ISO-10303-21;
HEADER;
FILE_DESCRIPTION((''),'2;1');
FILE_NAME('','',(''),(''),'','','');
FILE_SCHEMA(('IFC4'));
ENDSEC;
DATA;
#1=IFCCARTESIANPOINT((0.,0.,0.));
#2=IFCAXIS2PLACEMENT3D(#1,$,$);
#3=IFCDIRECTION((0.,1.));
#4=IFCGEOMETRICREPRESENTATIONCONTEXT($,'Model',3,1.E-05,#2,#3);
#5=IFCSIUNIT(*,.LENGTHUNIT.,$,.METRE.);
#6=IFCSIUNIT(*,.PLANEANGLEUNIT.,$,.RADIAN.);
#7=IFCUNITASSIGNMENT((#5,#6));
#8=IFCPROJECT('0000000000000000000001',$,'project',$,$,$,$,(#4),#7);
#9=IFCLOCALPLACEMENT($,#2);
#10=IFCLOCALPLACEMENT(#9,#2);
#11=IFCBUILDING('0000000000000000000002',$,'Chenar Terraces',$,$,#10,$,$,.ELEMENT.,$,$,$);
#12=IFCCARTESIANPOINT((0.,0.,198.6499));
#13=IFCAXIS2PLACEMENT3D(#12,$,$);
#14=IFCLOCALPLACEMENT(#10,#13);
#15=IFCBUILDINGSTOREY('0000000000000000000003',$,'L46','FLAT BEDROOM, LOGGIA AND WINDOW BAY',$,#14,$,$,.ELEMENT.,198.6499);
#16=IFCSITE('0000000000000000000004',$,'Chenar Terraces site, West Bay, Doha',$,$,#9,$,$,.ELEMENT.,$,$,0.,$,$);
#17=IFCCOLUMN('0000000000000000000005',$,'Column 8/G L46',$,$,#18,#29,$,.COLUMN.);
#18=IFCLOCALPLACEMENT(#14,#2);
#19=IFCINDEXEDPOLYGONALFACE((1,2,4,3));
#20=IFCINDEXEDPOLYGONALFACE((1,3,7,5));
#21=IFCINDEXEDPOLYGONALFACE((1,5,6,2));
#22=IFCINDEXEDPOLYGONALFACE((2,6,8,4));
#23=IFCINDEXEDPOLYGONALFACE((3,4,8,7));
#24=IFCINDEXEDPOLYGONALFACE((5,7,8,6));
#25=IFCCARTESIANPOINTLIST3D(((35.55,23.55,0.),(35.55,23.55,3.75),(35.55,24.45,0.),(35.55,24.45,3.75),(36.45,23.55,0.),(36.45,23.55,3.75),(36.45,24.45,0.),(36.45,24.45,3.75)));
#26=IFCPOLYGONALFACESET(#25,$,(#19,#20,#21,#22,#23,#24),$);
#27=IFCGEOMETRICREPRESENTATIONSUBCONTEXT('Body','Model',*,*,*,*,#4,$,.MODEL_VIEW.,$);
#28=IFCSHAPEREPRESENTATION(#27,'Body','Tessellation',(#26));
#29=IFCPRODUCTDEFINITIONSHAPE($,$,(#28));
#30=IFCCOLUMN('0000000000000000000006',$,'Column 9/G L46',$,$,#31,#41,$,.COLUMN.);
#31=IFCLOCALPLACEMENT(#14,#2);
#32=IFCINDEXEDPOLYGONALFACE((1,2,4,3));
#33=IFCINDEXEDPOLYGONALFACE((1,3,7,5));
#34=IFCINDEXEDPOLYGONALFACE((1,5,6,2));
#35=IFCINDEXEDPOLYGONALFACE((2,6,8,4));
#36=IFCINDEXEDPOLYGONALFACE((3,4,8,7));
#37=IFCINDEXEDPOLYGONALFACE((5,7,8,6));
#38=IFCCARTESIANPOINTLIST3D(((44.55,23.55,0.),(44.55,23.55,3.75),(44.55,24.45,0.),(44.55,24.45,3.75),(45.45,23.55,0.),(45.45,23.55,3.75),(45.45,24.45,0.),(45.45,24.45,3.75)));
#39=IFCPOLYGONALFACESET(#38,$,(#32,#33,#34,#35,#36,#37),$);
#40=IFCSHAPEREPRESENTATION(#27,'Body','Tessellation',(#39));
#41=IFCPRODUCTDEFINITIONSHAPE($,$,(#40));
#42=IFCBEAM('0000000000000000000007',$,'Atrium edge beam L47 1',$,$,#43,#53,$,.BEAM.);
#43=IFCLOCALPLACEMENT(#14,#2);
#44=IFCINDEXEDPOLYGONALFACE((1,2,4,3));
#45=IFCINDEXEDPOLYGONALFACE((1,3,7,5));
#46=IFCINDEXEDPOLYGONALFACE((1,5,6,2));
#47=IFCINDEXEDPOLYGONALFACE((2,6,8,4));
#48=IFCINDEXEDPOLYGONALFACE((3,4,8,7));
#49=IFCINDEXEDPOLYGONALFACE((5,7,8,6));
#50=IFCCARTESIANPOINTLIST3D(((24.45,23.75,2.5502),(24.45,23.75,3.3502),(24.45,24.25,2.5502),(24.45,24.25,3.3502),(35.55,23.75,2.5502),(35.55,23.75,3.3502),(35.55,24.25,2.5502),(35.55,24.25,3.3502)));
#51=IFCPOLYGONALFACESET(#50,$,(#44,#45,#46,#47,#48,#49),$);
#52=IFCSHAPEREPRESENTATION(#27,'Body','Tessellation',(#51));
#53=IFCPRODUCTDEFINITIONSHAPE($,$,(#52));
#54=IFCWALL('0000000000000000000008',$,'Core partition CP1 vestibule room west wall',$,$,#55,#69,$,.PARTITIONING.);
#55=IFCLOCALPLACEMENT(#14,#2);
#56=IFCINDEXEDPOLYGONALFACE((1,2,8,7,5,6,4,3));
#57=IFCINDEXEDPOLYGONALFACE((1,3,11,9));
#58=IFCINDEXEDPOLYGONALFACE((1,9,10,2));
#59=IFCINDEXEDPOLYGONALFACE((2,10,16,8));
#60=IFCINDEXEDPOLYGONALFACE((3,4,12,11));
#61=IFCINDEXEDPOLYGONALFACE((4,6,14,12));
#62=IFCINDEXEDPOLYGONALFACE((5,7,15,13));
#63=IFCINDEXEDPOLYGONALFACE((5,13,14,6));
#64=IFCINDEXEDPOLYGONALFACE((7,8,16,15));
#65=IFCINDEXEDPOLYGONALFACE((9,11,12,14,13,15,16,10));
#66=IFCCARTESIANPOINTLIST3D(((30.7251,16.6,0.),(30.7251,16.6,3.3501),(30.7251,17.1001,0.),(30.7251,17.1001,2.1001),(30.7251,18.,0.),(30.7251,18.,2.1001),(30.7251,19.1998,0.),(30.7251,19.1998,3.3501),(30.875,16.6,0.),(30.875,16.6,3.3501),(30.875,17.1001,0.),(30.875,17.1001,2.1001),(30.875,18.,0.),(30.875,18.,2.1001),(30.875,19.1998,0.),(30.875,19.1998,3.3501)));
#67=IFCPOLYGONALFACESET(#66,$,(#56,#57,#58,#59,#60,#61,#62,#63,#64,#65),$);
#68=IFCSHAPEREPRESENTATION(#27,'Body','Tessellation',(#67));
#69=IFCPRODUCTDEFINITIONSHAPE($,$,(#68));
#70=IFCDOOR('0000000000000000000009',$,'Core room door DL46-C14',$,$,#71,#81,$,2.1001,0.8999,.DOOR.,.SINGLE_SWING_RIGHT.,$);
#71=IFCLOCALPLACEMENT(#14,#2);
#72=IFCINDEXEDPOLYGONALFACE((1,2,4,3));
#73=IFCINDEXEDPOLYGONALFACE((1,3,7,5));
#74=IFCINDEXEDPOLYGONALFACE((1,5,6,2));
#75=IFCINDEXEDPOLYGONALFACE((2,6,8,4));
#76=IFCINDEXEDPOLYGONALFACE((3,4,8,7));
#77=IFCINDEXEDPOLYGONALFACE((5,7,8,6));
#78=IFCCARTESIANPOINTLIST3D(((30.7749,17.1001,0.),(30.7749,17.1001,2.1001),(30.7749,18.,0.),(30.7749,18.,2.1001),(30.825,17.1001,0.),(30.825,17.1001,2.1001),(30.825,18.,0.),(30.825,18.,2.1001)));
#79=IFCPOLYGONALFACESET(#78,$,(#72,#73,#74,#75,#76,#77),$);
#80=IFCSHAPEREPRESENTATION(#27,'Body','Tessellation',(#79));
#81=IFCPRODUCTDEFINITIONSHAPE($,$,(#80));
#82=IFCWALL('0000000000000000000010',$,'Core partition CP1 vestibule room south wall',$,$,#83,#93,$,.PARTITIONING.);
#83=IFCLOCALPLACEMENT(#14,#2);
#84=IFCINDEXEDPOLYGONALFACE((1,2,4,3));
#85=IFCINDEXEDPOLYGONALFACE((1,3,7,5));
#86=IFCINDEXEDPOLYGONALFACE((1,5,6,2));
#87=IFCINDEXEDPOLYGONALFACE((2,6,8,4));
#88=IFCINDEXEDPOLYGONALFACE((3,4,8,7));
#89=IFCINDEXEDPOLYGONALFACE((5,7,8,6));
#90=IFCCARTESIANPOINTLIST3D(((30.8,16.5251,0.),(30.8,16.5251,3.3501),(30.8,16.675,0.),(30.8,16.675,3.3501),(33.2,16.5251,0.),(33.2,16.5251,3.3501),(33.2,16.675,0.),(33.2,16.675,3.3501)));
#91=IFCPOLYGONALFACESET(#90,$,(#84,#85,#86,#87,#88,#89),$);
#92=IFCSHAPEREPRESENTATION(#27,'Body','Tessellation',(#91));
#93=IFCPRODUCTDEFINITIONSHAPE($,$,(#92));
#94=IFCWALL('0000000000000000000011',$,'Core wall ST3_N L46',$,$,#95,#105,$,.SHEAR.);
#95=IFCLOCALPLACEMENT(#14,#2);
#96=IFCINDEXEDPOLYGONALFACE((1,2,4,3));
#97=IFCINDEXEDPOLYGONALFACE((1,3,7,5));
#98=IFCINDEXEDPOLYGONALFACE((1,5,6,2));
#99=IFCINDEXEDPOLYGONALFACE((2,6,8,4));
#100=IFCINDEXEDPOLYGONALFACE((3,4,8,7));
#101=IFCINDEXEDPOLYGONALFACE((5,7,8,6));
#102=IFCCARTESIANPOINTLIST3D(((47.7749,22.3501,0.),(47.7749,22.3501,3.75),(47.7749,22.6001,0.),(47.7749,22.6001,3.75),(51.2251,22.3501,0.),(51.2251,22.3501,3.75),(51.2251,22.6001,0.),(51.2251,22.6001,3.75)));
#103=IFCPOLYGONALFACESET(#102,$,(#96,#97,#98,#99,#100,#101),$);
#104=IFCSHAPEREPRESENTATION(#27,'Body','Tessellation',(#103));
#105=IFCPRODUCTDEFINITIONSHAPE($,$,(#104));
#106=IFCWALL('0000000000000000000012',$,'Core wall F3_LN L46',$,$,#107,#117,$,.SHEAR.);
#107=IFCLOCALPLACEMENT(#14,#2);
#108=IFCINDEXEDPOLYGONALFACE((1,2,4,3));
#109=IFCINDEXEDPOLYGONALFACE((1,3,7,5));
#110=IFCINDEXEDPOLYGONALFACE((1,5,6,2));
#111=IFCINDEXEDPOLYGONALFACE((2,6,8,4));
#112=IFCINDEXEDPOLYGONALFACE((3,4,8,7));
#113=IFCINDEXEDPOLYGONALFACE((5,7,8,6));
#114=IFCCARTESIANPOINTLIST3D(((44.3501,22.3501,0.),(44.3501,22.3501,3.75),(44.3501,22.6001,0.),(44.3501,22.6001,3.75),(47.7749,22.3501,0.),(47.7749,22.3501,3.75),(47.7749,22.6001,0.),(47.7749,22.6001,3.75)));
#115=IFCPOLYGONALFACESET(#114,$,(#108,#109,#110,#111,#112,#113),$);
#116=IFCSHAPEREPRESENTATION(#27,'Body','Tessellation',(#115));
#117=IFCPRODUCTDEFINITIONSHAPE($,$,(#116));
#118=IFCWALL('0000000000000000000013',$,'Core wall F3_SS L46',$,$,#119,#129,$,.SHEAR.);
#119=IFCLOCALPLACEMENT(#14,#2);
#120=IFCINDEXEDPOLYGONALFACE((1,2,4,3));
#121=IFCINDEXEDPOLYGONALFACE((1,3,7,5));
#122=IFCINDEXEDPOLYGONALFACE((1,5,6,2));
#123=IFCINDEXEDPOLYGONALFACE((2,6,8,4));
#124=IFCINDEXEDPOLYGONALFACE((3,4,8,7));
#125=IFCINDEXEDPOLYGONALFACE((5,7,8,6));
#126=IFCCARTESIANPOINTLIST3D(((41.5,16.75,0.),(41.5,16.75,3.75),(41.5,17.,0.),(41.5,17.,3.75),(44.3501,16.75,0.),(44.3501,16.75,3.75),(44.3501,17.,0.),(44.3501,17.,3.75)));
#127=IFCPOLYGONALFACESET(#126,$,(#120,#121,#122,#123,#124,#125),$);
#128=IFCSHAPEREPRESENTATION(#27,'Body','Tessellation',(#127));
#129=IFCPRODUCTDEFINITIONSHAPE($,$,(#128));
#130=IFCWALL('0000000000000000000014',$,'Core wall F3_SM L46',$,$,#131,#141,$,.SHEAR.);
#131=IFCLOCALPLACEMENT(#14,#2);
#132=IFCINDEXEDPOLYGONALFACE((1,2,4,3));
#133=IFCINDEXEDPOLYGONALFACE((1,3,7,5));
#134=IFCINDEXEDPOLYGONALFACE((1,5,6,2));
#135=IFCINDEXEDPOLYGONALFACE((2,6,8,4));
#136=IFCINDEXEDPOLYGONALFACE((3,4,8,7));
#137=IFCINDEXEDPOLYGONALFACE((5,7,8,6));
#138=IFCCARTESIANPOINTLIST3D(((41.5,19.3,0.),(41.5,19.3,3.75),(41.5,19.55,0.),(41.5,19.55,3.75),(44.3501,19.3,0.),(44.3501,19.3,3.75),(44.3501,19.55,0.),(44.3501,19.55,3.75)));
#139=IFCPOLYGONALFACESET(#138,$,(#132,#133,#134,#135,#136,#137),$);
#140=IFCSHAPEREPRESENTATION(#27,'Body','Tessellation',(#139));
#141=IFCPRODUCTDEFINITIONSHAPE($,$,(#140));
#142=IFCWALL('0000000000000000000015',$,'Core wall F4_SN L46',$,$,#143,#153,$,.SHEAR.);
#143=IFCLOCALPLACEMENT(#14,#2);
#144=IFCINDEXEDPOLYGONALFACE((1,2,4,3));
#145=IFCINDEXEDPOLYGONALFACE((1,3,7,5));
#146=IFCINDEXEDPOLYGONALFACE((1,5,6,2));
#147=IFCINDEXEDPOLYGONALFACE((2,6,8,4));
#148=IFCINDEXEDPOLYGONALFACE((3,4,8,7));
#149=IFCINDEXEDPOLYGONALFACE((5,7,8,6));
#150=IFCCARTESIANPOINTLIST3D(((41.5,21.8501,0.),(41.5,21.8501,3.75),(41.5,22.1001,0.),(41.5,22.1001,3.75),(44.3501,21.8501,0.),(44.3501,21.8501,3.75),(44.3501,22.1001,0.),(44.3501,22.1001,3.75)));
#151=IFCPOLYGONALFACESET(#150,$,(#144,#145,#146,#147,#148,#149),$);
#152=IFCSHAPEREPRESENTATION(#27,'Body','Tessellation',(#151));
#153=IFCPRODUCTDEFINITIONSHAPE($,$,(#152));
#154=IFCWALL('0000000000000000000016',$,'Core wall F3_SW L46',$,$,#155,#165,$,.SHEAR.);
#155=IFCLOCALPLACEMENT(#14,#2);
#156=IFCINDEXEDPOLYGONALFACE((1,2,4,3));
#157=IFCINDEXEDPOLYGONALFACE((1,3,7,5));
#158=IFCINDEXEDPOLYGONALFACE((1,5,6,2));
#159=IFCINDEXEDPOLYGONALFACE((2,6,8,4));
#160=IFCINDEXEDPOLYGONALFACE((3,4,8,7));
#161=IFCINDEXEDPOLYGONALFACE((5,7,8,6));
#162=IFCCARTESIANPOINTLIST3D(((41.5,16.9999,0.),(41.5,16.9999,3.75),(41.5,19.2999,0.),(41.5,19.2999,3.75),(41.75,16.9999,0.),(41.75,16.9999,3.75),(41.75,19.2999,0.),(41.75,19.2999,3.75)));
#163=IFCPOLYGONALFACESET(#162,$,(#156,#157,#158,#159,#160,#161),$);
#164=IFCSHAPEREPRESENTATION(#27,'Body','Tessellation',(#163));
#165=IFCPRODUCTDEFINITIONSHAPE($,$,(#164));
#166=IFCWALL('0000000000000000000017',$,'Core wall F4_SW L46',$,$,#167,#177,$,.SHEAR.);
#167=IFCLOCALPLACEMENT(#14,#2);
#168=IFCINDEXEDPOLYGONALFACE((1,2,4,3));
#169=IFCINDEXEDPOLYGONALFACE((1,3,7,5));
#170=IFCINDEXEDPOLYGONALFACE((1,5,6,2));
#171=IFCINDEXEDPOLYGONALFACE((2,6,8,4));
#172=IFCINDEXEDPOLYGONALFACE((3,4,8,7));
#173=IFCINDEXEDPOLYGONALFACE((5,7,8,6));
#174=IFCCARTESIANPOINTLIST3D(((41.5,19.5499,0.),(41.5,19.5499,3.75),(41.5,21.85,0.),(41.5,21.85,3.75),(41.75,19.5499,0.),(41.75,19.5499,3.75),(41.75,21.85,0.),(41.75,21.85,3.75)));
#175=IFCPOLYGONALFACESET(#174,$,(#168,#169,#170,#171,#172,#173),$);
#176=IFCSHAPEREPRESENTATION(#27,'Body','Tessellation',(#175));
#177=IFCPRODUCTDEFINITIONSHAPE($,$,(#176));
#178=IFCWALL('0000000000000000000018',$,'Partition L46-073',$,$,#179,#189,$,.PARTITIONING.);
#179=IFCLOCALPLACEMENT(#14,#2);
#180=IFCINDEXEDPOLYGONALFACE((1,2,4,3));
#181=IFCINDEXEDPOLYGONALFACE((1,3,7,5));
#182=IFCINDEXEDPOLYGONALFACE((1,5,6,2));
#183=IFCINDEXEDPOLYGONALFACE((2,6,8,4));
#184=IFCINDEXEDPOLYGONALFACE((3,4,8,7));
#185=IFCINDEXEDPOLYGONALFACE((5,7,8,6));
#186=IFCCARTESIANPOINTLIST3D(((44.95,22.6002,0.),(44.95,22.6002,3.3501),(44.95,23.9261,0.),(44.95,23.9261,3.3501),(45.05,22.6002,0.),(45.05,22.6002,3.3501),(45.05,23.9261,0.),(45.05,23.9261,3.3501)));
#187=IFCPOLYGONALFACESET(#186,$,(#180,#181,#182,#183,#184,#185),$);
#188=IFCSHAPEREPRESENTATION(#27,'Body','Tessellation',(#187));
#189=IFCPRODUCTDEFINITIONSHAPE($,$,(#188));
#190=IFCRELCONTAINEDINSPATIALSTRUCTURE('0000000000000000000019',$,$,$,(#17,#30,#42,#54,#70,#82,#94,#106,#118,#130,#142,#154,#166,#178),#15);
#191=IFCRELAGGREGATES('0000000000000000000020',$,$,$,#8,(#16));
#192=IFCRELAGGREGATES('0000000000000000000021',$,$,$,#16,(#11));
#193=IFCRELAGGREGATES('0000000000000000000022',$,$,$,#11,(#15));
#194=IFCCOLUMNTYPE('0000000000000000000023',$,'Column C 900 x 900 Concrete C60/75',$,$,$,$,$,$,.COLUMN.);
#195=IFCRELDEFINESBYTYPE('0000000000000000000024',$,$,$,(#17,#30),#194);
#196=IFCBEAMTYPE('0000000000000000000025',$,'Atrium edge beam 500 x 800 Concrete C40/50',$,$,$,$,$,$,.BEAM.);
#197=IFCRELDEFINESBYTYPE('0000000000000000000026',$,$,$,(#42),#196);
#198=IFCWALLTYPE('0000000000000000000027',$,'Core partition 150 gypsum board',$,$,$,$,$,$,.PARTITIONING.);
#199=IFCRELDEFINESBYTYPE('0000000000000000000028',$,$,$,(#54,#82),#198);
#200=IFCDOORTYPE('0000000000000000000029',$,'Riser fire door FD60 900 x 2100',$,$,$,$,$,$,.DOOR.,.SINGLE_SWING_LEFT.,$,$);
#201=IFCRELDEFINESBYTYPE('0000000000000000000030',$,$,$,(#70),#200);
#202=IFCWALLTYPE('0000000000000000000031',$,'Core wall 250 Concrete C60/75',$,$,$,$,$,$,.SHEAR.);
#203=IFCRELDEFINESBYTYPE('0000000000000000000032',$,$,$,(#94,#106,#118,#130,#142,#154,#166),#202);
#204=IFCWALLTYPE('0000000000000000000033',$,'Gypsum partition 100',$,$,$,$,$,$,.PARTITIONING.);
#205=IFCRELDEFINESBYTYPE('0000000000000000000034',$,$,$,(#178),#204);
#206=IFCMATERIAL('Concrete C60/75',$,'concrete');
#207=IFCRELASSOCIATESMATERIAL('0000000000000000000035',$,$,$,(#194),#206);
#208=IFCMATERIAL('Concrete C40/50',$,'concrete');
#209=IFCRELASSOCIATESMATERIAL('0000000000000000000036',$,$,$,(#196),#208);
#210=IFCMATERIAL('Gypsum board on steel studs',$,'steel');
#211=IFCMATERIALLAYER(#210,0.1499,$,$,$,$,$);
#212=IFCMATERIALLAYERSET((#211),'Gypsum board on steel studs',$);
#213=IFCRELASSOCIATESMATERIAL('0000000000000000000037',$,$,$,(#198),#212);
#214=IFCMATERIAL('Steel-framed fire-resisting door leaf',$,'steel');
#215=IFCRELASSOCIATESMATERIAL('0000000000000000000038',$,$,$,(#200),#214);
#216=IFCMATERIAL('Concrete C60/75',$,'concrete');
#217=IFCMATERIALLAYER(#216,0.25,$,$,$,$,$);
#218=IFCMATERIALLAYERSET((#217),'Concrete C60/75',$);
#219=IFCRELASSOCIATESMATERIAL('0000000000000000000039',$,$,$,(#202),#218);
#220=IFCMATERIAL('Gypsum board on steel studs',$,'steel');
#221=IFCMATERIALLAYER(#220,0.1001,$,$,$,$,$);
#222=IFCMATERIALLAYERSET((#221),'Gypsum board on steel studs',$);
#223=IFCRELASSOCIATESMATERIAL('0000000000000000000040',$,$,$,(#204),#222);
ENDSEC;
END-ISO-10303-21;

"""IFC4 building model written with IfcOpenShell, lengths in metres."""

from ifc_helpers import new_model, si_unit, direction, frame, frame_2d, origin, origin_2d, place, context, subcontext, project, spatial, rectangle, extrude, material, layer, layer_set, material_profile, profile_set, type_object, element, fill, save


model = new_model("IFC4")

# Units and contexts
model_context = context("Model", 3, precision=1e-05, world=origin(), true_north=direction((0.0, 1.0)))
body_context = subcontext(model_context, "Body", "Model", "MODEL_VIEW")
ifc_project = project(units=[si_unit("LENGTHUNIT", "METRE"), si_unit("PLANEANGLEUNIT", "RADIAN")], contexts=[model_context])

# Site, building, storey
site_placement = place(None, origin())
site = spatial("IfcSite", under=ifc_project, at=site_placement, Name="Chenar Terraces site, West Bay, Doha", CompositionType="ELEMENT", RefElevation=0.0)
building_placement = place(site_placement, origin())
building = spatial("IfcBuilding", under=site, at=building_placement, Name="Chenar Terraces", CompositionType="ELEMENT")
storey_placement = place(building_placement, frame((0.0, 0.0, 198.6499)))
storey = spatial("IfcBuildingStorey", under=building, at=storey_placement, Name="L46", Description="FLAT BEDROOM, LOGGIA AND WINDOW BAY", CompositionType="ELEMENT", Elevation=198.6499)

# Columns
ifc_material_1 = material(Name="Concrete C60/75", Category="concrete")
ifc_material_profile_1 = material_profile(ifc_material_1, rectangle(XDim=0.8999, YDim=0.8999, at=origin_2d()), Name="C 900 x 900")
ifc_profile_set_1 = profile_set([ifc_material_profile_1], Name="Concrete C60/75")
column_type = type_object("IfcColumnType", Name="Column C 900 x 900 Concrete C60/75", PredefinedType="COLUMN", material=ifc_profile_set_1)
for number, where, z_axis, x_axis, name in (
    (1, (36.0, 24.0, 0.0), (0.0, 0.0, 1.0), (1.0, 0.0, 0.0), "Column 8/G L46"),
    (2, (45.0, 24.0, 0.0), (0.0, 0.0, 1.0), (1.0, 0.0, 0.0), "Column 9/G L46"),
):
    element("IfcColumn", number, at=place(storey_placement, frame(where, z_axis=z_axis, x_axis=x_axis)), inside=storey, type_object=column_type, Name=name, PredefinedType="COLUMN", context=body_context, shape_type="SweptSolid", body=[
        extrude(rectangle(XDim=0.8999, YDim=0.8999, at=origin_2d()), origin(), (0.0, 0.0, 1.0), 3.75),
    ])

# Beam
ifc_material_2 = material(Name="Concrete C40/50", Category="concrete")
ifc_material_profile_2 = material_profile(ifc_material_2, rectangle(XDim=0.5, YDim=0.8, at=origin_2d()), Name="RC 500 x 800")
ifc_profile_set_2 = profile_set([ifc_material_profile_2], Name="Concrete C40/50")
beam_type = type_object("IfcBeamType", Name="Atrium edge beam 500 x 800 Concrete C40/50", PredefinedType="BEAM", material=ifc_profile_set_2)
beam_placement = place(storey_placement, frame((24.45, 24.0, 2.9502), z_axis=(1.0, 0.0, 0.0), x_axis=(0.0, 1.0, 0.0)))
element("IfcBeam", 3, at=beam_placement, inside=storey, type_object=beam_type, Name="Atrium edge beam L47 1", PredefinedType="BEAM", context=body_context, shape_type="SweptSolid", body=[
    extrude(rectangle(XDim=0.5, YDim=0.8, at=origin_2d()), origin(), (0.0, 0.0, 1.0), 11.1001),
])

# Wall, opening, door
ifc_material_3 = material(Name="Gypsum board on steel studs", Category="steel")
ifc_layer_1 = layer(ifc_material_3, 0.1499)
ifc_layer_set_1 = layer_set([ifc_layer_1], Name="Gypsum board on steel studs")
wall_type_1 = type_object("IfcWallType", Name="Core partition 150 gypsum board", PredefinedType="PARTITIONING", material=ifc_layer_set_1)
wall_1_placement = place(storey_placement, frame((30.8, 16.6001, 0.0), z_axis=(0.0, 0.0, 1.0), x_axis=(0.0, 1.0, 0.0)))
wall_1 = element("IfcWall", 4, at=wall_1_placement, inside=storey, type_object=wall_type_1, Name="Core partition CP1 vestibule room west wall", PredefinedType="PARTITIONING", context=body_context, shape_type="SweptSolid", body=[
    extrude(rectangle(XDim=2.5999, YDim=0.1499, at=frame_2d((1.2998, 0.0))), origin(), (0.0, 0.0, 1.0), 3.3501),
])
opening_1_placement = place(wall_1_placement, frame((0.5, 0.0, 0.0)))
opening_1 = element("IfcOpeningElement", 5, at=opening_1_placement, cuts=wall_1, PredefinedType="OPENING", context=body_context, shape_type="SweptSolid", body=[
    extrude(rectangle(XDim=0.8999, YDim=2.1001, at=frame_2d((0.45, 1.05))), frame((0.0, 0.085, 0.0), z_axis=(0.0, -1.0, 0.0), x_axis=(1.0, 0.0, 0.0)), (0.0, 0.0, 1.0), 0.1699),
])
ifc_material_4 = material(Name="Steel-framed fire-resisting door leaf", Category="steel")
door_type = type_object("IfcDoorType", Name="Riser fire door FD60 900 x 2100", OperationType="SINGLE_SWING_LEFT", PredefinedType="DOOR", material=ifc_material_4)
door_placement = place(opening_1_placement, frame((0.8999, 0.0, 0.0), z_axis=(0.0, 0.0, 1.0), x_axis=(-1.0, 0.0, 0.0)))
door = element("IfcDoor", 6, at=door_placement, inside=storey, type_object=door_type, Name="Core room door DL46-C14", OperationType="SINGLE_SWING_RIGHT", OverallHeight=2.1001, OverallWidth=0.8999, PredefinedType="DOOR", context=body_context, shape_type="SweptSolid", body=[
    extrude(rectangle(XDim=0.8999, YDim=2.1001, at=frame_2d((0.45, 1.05))), frame((0.0, 0.0249, 0.0), z_axis=(0.0, -1.0, 0.0), x_axis=(1.0, 0.0, 0.0)), (0.0, 0.0, 1.0), 0.05),
])
fill(opening_1, door)

# Walls
wall_2_placement = place(storey_placement, frame((30.8, 16.6001, 0.0), z_axis=(0.0, 0.0, 1.0), x_axis=(1.0, 0.0, 0.0)))
element("IfcWall", 7, at=wall_2_placement, inside=storey, type_object=wall_type_1, Name="Core partition CP1 vestibule room south wall", PredefinedType="PARTITIONING", context=body_context, shape_type="SweptSolid", body=[
    extrude(rectangle(XDim=2.3999, YDim=0.1499, at=frame_2d((1.2, 0.0))), origin(), (0.0, 0.0, 1.0), 3.3501),
])
ifc_material_5 = material(Name="Concrete C60/75", Category="concrete")
ifc_layer_2 = layer(ifc_material_5, 0.25)
ifc_layer_set_2 = layer_set([ifc_layer_2], Name="Concrete C60/75")
wall_type_2 = type_object("IfcWallType", Name="Core wall 250 Concrete C60/75", PredefinedType="SHEAR", material=ifc_layer_set_2)
wall_3_placement = place(storey_placement, frame((47.7749, 22.4751, 0.0), z_axis=(0.0, 0.0, 1.0), x_axis=(1.0, 0.0, 0.0)))
element("IfcWall", 8, at=wall_3_placement, inside=storey, type_object=wall_type_2, Name="Core wall ST3_N L46", PredefinedType="SHEAR", context=body_context, shape_type="SweptSolid", body=[
    extrude(rectangle(XDim=3.4502, YDim=0.25, at=frame_2d((1.7251, 0.0))), origin(), (0.0, 0.0, 1.0), 3.75),
])
wall_4_placement = place(storey_placement, frame((44.3501, 22.4751, 0.0), z_axis=(0.0, 0.0, 1.0), x_axis=(1.0, 0.0, 0.0)))
element("IfcWall", 9, at=wall_4_placement, inside=storey, type_object=wall_type_2, Name="Core wall F3_LN L46", PredefinedType="SHEAR", context=body_context, shape_type="SweptSolid", body=[
    extrude(rectangle(XDim=3.4248, YDim=0.25, at=frame_2d((1.7124, 0.0))), origin(), (0.0, 0.0, 1.0), 3.75),
])
for number, where, z_axis, x_axis, name in (
    (10, (41.5, 16.875, 0.0), (0.0, 0.0, 1.0), (1.0, 0.0, 0.0), "Core wall F3_SS L46"),
    (11, (41.5, 19.425, 0.0), (0.0, 0.0, 1.0), (1.0, 0.0, 0.0), "Core wall F3_SM L46"),
    (12, (41.5, 21.9751, 0.0), (0.0, 0.0, 1.0), (1.0, 0.0, 0.0), "Core wall F4_SN L46"),
):
    element("IfcWall", number, at=place(storey_placement, frame(where, z_axis=z_axis, x_axis=x_axis)), inside=storey, type_object=wall_type_2, Name=name, PredefinedType="SHEAR", context=body_context, shape_type="SweptSolid", body=[
        extrude(rectangle(XDim=2.8501, YDim=0.25, at=frame_2d((1.425, 0.0))), origin(), (0.0, 0.0, 1.0), 3.75),
    ])
for number, where, z_axis, x_axis, name in (
    (13, (41.625, 17.0, 0.0), (0.0, 0.0, 1.0), (0.0, 1.0, 0.0), "Core wall F3_SW L46"),
    (14, (41.625, 19.55, 0.0), (0.0, 0.0, 1.0), (0.0, 1.0, 0.0), "Core wall F4_SW L46"),
):
    element("IfcWall", number, at=place(storey_placement, frame(where, z_axis=z_axis, x_axis=x_axis)), inside=storey, type_object=wall_type_2, Name=name, PredefinedType="SHEAR", context=body_context, shape_type="SweptSolid", body=[
        extrude(rectangle(XDim=2.3, YDim=0.25, at=frame_2d((1.1499, 0.0))), origin(), (0.0, 0.0, 1.0), 3.75),
    ])
ifc_material_6 = material(Name="Gypsum board on steel studs", Category="steel")
ifc_layer_3 = layer(ifc_material_6, 0.1001)
ifc_layer_set_3 = layer_set([ifc_layer_3], Name="Gypsum board on steel studs")
wall_type_3 = type_object("IfcWallType", Name="Gypsum partition 100", PredefinedType="PARTITIONING", material=ifc_layer_set_3)
wall_5_placement = place(storey_placement, frame((45.0, 22.6001, 0.0), z_axis=(0.0, 0.0, 1.0), x_axis=(0.0, 1.0, 0.0)))
element("IfcWall", 15, at=wall_5_placement, inside=storey, type_object=wall_type_3, Name="Partition L46-073", PredefinedType="PARTITIONING", context=body_context, shape_type="SweptSolid", body=[
    extrude(rectangle(XDim=1.3259, YDim=0.1001, at=frame_2d((0.6631, 0.0))), origin(), (0.0, 0.0, 1.0), 3.3501),
])

save(model, "model.ifc")
